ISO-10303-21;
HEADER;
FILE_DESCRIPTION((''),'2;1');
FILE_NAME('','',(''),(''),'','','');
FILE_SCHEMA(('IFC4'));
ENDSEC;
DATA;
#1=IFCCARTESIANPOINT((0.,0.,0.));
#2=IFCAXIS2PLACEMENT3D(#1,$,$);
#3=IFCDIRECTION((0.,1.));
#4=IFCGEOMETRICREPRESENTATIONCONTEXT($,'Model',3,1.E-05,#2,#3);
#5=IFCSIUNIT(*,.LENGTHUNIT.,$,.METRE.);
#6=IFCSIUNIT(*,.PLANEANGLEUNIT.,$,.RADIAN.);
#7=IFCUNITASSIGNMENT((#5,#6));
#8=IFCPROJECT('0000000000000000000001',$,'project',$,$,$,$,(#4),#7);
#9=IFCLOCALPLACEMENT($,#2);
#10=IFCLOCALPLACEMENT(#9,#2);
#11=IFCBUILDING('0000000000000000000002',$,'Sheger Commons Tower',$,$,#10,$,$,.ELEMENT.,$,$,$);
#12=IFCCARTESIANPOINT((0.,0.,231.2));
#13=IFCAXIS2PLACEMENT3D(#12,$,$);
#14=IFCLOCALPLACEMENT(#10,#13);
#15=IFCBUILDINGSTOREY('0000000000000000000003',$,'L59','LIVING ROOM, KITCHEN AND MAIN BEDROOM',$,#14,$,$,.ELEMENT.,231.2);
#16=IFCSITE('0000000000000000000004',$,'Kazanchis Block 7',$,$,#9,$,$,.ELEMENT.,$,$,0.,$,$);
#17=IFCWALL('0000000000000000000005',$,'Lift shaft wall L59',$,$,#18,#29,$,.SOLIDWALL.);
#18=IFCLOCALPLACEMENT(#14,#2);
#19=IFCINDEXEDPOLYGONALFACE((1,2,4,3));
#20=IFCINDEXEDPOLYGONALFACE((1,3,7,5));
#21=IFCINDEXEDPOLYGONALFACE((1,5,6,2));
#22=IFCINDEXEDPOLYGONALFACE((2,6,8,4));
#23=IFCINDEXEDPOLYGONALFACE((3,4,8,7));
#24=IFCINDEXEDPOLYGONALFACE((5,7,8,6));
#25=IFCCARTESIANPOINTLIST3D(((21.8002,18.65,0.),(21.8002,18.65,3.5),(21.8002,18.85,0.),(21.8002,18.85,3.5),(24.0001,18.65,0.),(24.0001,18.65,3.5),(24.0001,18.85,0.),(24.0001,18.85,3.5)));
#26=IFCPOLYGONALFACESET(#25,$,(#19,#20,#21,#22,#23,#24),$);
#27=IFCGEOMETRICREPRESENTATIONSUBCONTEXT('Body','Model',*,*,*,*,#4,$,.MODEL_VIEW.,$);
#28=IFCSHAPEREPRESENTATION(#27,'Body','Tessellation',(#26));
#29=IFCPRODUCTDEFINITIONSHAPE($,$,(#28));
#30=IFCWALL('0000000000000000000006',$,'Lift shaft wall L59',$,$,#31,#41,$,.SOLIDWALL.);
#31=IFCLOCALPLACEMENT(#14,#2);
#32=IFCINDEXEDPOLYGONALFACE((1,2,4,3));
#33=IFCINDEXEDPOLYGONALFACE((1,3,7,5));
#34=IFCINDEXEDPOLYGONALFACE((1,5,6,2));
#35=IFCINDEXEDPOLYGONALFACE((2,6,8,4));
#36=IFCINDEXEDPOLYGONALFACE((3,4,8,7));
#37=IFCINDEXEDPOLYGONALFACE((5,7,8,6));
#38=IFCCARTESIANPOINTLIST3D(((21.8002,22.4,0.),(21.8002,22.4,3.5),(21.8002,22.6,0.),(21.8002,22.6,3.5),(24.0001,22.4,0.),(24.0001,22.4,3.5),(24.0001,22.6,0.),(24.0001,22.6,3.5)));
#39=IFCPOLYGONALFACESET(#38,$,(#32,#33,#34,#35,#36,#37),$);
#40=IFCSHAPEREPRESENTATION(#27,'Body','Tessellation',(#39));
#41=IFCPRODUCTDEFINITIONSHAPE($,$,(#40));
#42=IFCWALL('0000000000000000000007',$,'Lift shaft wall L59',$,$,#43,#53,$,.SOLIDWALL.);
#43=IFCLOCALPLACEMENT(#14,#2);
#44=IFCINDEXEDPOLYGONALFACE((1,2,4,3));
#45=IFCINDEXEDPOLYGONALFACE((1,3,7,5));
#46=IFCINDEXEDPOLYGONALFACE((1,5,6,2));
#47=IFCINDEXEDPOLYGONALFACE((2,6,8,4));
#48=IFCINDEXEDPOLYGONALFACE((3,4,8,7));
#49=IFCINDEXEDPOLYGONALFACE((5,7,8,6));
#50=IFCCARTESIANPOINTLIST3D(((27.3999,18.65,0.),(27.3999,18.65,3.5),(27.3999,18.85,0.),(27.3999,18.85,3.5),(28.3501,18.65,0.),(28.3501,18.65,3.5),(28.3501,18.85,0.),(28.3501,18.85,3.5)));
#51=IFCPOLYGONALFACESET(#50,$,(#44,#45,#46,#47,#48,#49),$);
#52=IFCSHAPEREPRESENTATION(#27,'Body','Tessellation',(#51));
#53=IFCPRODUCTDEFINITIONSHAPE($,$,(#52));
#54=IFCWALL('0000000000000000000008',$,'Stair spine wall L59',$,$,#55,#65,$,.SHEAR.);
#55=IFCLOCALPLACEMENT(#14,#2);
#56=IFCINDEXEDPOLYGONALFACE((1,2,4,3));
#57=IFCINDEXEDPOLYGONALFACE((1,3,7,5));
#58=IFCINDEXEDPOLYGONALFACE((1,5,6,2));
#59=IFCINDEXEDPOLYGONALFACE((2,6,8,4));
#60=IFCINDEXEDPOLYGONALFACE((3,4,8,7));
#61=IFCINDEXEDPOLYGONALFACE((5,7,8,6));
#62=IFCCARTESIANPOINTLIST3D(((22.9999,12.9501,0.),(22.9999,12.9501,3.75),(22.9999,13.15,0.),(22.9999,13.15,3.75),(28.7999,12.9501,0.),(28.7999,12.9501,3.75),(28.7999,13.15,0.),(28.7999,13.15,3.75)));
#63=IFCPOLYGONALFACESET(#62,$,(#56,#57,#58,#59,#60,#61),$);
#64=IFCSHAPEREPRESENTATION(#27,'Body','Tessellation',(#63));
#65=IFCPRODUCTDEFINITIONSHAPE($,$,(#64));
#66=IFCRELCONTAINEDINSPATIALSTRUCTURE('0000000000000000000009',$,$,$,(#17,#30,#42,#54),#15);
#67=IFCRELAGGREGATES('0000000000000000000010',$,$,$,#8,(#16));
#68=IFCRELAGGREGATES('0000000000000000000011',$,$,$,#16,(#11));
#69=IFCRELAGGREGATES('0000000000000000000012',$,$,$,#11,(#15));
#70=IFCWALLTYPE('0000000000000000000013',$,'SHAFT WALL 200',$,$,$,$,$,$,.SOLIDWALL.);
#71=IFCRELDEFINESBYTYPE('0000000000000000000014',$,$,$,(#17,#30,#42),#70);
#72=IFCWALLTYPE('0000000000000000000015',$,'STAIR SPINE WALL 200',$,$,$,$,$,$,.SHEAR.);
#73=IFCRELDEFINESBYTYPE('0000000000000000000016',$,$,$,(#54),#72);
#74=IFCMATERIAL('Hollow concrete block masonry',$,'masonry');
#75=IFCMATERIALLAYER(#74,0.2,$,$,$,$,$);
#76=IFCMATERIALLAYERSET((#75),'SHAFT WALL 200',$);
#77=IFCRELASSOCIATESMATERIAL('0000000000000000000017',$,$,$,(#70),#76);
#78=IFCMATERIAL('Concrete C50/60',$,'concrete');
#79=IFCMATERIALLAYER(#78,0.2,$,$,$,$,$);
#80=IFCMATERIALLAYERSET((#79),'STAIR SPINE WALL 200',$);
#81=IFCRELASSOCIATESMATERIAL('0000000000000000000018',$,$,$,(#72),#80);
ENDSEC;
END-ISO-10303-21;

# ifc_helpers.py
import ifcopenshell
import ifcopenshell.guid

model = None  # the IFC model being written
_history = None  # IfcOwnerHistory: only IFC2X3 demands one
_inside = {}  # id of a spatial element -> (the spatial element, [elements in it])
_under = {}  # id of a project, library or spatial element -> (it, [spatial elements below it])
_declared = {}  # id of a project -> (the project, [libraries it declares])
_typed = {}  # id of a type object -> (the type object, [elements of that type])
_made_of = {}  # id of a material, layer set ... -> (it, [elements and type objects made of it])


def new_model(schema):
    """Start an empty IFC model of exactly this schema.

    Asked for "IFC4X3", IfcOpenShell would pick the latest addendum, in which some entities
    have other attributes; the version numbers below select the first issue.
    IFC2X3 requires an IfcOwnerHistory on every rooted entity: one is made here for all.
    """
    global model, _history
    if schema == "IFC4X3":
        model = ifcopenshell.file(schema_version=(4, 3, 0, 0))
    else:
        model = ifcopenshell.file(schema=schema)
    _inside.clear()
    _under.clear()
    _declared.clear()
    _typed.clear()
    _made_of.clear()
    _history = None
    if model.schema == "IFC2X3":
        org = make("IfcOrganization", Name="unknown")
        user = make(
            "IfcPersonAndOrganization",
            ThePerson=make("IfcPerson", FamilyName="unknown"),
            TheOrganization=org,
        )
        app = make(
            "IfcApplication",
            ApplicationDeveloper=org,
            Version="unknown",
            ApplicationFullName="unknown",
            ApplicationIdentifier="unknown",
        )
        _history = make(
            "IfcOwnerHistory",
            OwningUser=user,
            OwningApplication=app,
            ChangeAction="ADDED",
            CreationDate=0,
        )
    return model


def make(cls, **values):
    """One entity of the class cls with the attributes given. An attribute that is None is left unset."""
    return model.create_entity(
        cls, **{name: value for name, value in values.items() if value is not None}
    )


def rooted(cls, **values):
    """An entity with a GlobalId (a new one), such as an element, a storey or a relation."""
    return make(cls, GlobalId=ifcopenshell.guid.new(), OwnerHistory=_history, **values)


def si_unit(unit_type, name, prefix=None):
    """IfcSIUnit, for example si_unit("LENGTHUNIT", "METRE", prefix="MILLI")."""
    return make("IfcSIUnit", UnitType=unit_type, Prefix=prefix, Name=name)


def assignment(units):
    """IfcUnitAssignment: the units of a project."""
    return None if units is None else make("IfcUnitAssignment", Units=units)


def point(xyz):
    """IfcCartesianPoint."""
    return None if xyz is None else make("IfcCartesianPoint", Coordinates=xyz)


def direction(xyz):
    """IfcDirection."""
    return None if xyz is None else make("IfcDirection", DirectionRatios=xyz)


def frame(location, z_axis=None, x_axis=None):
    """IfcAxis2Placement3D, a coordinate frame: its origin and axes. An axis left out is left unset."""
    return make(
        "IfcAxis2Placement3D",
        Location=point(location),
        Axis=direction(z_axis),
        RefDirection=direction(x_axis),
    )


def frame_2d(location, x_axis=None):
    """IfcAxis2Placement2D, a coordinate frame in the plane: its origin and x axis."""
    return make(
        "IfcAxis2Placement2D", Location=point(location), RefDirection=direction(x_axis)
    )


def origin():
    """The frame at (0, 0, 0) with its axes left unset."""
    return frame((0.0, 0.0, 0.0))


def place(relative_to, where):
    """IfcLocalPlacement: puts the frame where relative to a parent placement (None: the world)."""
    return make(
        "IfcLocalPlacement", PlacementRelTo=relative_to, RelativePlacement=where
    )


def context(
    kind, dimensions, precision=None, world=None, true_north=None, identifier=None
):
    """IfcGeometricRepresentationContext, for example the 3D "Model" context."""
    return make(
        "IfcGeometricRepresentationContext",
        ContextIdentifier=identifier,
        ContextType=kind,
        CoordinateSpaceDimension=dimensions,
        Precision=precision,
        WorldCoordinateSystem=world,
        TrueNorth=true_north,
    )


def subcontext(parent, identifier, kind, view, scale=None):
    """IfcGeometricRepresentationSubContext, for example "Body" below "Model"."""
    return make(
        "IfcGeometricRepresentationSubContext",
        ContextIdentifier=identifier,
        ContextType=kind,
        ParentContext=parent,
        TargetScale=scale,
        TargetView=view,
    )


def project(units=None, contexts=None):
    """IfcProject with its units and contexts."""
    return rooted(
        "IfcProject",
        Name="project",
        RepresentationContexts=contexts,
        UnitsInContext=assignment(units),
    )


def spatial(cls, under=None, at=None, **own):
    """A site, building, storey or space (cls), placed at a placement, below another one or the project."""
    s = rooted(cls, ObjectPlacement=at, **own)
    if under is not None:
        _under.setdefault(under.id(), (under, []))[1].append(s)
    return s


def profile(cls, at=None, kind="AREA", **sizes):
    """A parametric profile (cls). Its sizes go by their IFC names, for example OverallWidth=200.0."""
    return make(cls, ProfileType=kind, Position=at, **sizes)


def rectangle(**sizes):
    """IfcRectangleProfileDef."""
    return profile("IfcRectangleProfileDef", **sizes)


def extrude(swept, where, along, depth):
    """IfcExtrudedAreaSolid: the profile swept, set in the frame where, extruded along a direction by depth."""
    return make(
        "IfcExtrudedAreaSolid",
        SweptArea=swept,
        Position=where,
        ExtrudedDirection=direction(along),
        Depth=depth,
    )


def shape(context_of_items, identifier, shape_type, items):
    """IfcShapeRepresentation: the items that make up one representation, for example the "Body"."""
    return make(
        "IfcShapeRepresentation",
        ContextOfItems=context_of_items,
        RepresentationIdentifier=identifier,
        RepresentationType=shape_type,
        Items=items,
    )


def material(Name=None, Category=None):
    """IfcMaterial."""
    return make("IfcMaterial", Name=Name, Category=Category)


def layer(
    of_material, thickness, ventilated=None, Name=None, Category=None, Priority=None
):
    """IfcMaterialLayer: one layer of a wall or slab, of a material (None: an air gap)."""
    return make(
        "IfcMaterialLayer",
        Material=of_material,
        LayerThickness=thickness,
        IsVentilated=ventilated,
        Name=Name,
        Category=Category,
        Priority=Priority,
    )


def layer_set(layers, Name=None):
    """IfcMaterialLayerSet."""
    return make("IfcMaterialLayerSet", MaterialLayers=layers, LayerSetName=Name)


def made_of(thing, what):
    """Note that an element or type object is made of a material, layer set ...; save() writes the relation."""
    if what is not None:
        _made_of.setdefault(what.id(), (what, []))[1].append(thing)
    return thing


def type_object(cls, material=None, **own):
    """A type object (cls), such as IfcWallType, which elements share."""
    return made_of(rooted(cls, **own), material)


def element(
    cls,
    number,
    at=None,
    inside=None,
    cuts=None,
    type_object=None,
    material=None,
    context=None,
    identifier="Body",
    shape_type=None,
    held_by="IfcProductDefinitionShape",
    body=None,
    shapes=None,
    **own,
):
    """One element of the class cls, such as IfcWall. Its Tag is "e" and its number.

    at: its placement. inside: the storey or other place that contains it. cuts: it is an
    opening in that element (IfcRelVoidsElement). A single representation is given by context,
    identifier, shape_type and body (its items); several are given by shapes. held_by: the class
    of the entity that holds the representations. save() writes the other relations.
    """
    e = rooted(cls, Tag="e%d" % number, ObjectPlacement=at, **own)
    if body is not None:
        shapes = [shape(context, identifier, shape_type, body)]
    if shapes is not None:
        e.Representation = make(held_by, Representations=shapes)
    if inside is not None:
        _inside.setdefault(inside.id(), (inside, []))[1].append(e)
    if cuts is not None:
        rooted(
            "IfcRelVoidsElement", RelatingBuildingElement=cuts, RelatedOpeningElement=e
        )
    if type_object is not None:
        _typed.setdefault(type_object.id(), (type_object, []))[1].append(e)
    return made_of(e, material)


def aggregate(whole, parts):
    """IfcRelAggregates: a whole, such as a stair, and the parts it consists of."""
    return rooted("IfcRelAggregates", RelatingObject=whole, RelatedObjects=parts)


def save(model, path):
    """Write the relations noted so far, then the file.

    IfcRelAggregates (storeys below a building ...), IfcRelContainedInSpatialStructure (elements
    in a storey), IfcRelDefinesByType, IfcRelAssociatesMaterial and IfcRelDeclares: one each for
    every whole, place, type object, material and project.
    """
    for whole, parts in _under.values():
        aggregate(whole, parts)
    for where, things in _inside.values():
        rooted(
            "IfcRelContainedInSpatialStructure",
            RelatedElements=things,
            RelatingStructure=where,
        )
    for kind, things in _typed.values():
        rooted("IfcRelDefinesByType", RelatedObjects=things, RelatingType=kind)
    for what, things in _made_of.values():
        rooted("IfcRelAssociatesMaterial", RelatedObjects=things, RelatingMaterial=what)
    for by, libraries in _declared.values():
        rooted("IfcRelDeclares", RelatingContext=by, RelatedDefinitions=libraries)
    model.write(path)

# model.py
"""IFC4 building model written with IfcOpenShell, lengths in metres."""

from ifc_helpers import new_model, si_unit, direction, frame, frame_2d, origin, place, context, subcontext, project, spatial, rectangle, extrude, material, layer, layer_set, type_object, element, save


model = new_model("IFC4")

# Units and contexts
model_context = context("Model", 3, precision=1e-05, world=origin(), true_north=direction((0.0, 1.0)))
body_context = subcontext(model_context, "Body", "Model", "MODEL_VIEW")
ifc_project = project(units=[si_unit("LENGTHUNIT", "METRE"), si_unit("PLANEANGLEUNIT", "RADIAN")], contexts=[model_context])

# Site, building, storey
site_placement = place(None, origin())
site = spatial("IfcSite", under=ifc_project, at=site_placement, Name="Kazanchis Block 7", CompositionType="ELEMENT", RefElevation=0.0)
building_placement = place(site_placement, origin())
building = spatial("IfcBuilding", under=site, at=building_placement, Name="Sheger Commons Tower", CompositionType="ELEMENT")
storey_placement = place(building_placement, frame((0.0, 0.0, 231.2)))
storey = spatial("IfcBuildingStorey", under=building, at=storey_placement, Name="L59", Description="LIVING ROOM, KITCHEN AND MAIN BEDROOM", CompositionType="ELEMENT", Elevation=231.2)

# Walls
ifc_material_1 = material(Name="Hollow concrete block masonry", Category="masonry")
ifc_layer_1 = layer(ifc_material_1, 0.2)
ifc_layer_set_1 = layer_set([ifc_layer_1], Name="SHAFT WALL 200")
wall_type_1 = type_object("IfcWallType", Name="SHAFT WALL 200", PredefinedType="SOLIDWALL", material=ifc_layer_set_1)
for number, where, z_axis, x_axis, name in (
    (1, (21.8, 18.75, 0.0), (0.0, 0.0, 1.0), (1.0, 0.0, 0.0), "Lift shaft wall L59"),
    (2, (21.8, 22.5, 0.0), (0.0, 0.0, 1.0), (1.0, 0.0, 0.0), "Lift shaft wall L59"),
):
    element("IfcWall", number, at=place(storey_placement, frame(where, z_axis=z_axis, x_axis=x_axis)), inside=storey, type_object=wall_type_1, Name=name, PredefinedType="SOLIDWALL", context=body_context, shape_type="SweptSolid", body=[
        extrude(rectangle(XDim=2.2, YDim=0.2, at=frame_2d((1.1001, 0.0))), origin(), (0.0, 0.0, 1.0), 3.5),
    ])
wall_1_placement = place(storey_placement, frame((27.3999, 18.75, 0.0), z_axis=(0.0, 0.0, 1.0), x_axis=(1.0, 0.0, 0.0)))
element("IfcWall", 3, at=wall_1_placement, inside=storey, type_object=wall_type_1, Name="Lift shaft wall L59", PredefinedType="SOLIDWALL", context=body_context, shape_type="SweptSolid", body=[
    extrude(rectangle(XDim=0.9502, YDim=0.2, at=frame_2d((0.4751, 0.0))), origin(), (0.0, 0.0, 1.0), 3.5),
])
ifc_material_2 = material(Name="Concrete C50/60", Category="concrete")
ifc_layer_2 = layer(ifc_material_2, 0.2)
ifc_layer_set_2 = layer_set([ifc_layer_2], Name="STAIR SPINE WALL 200")
wall_type_2 = type_object("IfcWallType", Name="STAIR SPINE WALL 200", PredefinedType="SHEAR", material=ifc_layer_set_2)
wall_2_placement = place(storey_placement, frame((23.0, 13.05, 0.0), z_axis=(0.0, 0.0, 1.0), x_axis=(1.0, 0.0, 0.0)))
element("IfcWall", 4, at=wall_2_placement, inside=storey, type_object=wall_type_2, Name="Stair spine wall L59", PredefinedType="SHEAR", context=body_context, shape_type="SweptSolid", body=[
    extrude(rectangle(XDim=5.8, YDim=0.2, at=frame_2d((2.8999, 0.0))), origin(), (0.0, 0.0, 1.0), 3.75),
])

save(model, "model.ifc")
